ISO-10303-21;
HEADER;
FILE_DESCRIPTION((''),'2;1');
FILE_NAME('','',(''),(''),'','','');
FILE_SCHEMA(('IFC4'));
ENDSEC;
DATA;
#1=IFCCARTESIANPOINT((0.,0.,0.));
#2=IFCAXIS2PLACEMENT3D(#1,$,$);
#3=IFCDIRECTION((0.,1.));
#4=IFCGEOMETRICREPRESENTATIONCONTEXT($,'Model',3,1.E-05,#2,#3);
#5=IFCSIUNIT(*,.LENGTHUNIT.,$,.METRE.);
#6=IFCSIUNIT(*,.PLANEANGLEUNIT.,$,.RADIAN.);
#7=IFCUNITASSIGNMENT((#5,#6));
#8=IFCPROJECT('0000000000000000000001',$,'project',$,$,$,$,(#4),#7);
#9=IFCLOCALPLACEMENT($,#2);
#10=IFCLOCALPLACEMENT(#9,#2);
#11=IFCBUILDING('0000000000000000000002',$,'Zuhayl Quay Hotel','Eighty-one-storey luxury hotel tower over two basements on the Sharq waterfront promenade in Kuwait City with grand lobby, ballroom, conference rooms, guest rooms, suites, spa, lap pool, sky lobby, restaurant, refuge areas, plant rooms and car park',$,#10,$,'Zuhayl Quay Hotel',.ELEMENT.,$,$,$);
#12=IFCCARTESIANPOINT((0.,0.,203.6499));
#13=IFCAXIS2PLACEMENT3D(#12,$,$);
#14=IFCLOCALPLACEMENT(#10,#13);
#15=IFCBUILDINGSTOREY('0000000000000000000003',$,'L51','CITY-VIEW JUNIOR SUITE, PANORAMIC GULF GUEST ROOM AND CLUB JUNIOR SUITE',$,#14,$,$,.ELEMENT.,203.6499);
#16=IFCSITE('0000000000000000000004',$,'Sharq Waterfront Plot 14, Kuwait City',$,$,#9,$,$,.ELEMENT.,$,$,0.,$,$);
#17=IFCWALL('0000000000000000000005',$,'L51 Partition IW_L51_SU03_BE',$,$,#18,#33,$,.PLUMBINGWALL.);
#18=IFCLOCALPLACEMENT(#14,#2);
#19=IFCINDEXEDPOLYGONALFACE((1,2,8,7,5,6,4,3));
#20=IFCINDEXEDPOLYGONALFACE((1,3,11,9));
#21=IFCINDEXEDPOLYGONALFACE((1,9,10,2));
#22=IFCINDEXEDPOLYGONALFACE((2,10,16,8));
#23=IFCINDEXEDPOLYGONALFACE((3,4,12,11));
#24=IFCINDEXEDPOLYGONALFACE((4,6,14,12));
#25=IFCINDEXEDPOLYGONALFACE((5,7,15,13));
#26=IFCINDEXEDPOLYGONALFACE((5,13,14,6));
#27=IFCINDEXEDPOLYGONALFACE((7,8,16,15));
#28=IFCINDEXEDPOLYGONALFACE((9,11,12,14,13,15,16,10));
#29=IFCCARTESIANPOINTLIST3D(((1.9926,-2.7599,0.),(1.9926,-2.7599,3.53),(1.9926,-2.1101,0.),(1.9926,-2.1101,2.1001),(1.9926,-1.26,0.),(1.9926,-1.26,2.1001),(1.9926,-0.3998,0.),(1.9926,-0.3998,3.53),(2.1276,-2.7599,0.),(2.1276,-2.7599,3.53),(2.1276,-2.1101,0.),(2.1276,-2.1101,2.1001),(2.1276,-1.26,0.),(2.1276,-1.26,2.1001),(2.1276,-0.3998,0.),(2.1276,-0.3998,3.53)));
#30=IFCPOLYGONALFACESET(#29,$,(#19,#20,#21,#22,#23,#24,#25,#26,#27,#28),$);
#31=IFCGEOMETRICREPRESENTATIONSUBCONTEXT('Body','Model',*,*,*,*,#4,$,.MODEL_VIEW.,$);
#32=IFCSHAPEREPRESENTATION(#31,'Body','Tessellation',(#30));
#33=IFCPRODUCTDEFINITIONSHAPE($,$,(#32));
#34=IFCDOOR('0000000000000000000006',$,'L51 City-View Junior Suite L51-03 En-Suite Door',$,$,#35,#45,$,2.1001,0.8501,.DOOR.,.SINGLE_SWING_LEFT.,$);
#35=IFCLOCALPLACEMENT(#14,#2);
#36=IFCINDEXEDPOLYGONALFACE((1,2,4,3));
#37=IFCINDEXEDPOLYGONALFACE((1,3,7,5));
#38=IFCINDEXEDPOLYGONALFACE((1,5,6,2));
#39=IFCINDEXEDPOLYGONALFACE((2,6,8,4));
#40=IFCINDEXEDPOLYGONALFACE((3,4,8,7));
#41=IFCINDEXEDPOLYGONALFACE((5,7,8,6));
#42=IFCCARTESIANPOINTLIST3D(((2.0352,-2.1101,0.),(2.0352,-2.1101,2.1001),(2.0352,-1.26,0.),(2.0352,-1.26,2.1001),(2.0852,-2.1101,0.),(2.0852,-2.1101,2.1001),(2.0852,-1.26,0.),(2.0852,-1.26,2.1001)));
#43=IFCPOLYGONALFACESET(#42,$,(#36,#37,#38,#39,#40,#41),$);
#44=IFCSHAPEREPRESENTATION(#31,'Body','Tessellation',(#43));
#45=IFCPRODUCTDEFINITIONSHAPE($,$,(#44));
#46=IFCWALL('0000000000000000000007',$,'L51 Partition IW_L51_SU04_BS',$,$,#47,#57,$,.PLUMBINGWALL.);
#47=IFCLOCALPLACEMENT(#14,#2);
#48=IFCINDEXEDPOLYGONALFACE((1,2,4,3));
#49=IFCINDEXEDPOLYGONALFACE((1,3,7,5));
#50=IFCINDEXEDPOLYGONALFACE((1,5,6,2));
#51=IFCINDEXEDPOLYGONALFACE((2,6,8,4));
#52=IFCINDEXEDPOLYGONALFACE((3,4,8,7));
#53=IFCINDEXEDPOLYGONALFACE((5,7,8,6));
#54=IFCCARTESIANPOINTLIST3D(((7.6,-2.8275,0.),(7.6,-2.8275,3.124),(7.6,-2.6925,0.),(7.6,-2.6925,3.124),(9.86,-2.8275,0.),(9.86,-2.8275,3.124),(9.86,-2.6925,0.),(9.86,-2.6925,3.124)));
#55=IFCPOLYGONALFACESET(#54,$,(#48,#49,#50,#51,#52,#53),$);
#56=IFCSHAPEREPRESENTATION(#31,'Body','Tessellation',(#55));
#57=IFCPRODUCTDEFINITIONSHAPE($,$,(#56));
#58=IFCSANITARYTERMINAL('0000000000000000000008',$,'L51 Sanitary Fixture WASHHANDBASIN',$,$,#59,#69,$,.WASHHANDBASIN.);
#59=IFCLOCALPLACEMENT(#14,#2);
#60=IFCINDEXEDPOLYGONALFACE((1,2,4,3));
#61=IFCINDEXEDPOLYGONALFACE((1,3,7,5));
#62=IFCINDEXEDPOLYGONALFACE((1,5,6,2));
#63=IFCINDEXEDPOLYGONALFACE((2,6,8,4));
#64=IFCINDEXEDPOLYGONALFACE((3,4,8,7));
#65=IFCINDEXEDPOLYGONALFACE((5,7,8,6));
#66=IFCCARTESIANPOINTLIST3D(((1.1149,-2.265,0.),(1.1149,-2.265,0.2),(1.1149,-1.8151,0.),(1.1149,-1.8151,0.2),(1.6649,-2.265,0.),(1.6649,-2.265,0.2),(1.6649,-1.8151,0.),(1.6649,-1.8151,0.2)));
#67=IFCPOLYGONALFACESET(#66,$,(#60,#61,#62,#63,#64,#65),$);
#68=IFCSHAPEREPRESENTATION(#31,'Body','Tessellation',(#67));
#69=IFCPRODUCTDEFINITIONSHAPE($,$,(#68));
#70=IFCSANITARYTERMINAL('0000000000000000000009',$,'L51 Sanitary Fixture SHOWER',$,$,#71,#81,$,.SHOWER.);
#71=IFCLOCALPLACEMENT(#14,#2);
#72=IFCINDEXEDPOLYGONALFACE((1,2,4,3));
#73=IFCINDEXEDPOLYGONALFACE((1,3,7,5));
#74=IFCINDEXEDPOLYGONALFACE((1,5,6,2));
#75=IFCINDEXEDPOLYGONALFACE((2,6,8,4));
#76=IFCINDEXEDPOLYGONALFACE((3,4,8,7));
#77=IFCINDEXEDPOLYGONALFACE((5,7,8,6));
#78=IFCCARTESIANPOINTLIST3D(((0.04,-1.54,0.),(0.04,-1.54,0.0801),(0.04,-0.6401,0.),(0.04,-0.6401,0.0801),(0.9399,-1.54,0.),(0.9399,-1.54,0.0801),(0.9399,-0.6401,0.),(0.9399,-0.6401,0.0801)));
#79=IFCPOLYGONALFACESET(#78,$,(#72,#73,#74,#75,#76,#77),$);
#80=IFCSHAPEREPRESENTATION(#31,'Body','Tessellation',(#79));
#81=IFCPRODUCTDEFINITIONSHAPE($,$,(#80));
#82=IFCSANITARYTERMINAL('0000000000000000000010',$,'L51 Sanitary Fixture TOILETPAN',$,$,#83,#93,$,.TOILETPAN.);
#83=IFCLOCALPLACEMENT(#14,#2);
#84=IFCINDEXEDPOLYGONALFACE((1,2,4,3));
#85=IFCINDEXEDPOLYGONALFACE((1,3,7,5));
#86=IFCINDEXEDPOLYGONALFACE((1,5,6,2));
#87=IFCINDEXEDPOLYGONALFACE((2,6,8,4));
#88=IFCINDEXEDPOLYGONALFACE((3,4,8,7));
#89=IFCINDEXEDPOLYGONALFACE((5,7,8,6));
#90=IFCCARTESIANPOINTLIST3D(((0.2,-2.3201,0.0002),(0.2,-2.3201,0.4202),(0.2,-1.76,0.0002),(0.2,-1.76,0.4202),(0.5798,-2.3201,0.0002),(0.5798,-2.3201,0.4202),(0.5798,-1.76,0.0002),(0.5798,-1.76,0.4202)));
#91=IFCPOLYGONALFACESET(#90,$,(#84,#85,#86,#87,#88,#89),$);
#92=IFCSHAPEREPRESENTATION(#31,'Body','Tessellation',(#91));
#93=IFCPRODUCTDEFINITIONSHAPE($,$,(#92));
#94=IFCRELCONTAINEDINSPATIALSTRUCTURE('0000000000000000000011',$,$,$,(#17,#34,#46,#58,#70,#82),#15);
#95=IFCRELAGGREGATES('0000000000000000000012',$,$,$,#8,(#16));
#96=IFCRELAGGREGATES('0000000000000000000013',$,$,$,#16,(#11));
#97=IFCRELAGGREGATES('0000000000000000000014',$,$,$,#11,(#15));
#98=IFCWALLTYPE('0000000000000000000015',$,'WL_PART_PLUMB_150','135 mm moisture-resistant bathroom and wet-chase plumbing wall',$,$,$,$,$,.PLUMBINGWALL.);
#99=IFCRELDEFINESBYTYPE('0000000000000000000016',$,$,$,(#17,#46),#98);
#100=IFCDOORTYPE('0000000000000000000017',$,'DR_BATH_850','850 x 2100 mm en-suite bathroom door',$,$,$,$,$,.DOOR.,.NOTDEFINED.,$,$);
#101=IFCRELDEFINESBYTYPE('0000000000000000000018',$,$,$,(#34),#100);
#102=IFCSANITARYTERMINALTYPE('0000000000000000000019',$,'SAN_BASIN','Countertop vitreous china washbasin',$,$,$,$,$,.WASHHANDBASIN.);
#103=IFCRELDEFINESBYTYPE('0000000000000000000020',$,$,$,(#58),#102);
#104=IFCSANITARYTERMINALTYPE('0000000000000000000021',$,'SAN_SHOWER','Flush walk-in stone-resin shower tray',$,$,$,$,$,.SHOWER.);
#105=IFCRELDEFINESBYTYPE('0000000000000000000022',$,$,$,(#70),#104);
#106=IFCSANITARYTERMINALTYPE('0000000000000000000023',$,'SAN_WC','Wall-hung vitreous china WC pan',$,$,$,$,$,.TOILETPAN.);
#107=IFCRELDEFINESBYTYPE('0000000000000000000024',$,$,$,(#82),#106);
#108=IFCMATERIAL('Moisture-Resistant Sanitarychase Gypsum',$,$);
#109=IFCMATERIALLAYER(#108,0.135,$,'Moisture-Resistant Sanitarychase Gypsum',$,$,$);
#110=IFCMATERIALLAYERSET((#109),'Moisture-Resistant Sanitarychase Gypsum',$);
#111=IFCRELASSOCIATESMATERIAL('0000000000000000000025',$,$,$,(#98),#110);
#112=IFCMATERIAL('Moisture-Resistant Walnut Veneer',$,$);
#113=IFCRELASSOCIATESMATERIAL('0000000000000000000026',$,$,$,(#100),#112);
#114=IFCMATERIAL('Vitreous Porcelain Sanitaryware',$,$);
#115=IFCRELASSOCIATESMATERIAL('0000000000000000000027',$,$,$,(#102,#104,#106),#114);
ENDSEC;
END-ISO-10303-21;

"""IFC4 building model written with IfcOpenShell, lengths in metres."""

from ifc_helpers import new_model, si_unit, direction, frame, frame_2d, origin, origin_2d, place, context, subcontext, project, spatial, rectangle, extrude, material, layer, layer_set, type_object, element, fill, save


model = new_model("IFC4")

# Units and contexts
model_context = context("Model", 3, precision=1e-05, world=origin(), true_north=direction((0.0, 1.0)))
body_context = subcontext(model_context, "Body", "Model", "MODEL_VIEW")
ifc_project = project(units=[si_unit("LENGTHUNIT", "METRE"), si_unit("PLANEANGLEUNIT", "RADIAN")], contexts=[model_context])

# Site, building, storey
site_placement = place(None, origin())
site = spatial("IfcSite", under=ifc_project, at=site_placement, Name="Sharq Waterfront Plot 14, Kuwait City", CompositionType="ELEMENT", RefElevation=0.0)
building_placement = place(site_placement, origin())
building = spatial("IfcBuilding", under=site, at=building_placement, Name="Zuhayl Quay Hotel", Description="Eighty-one-storey luxury hotel tower over two basements on the Sharq waterfront promenade in Kuwait City with grand lobby, ballroom, conference rooms, guest rooms, suites, spa, lap pool, sky lobby, restaurant, refuge areas, plant rooms and car park", LongName="Zuhayl Quay Hotel", CompositionType="ELEMENT")
storey_placement = place(building_placement, frame((0.0, 0.0, 203.6499)))
storey = spatial("IfcBuildingStorey", under=building, at=storey_placement, Name="L51", Description="CITY-VIEW JUNIOR SUITE, PANORAMIC GULF GUEST ROOM AND CLUB JUNIOR SUITE", CompositionType="ELEMENT", Elevation=203.6499)

# Wall, opening, door
ifc_material_1 = material(Name="Moisture-Resistant Sanitarychase Gypsum")
ifc_layer_1 = layer(ifc_material_1, 0.135, Name="Moisture-Resistant Sanitarychase Gypsum")
ifc_layer_set_1 = layer_set([ifc_layer_1], Name="Moisture-Resistant Sanitarychase Gypsum")
wall_type_1 = type_object("IfcWallType", Name="WL_PART_PLUMB_150", Description="135 mm moisture-resistant bathroom and wet-chase plumbing wall", PredefinedType="PLUMBINGWALL", material=ifc_layer_set_1)
wall_1_placement = place(storey_placement, frame((2.0601, -2.76, 0.0), z_axis=(0.0, 0.0, 1.0), x_axis=(0.0, 1.0, 0.0)))
wall_1 = element("IfcWall", 1, at=wall_1_placement, inside=storey, type_object=wall_type_1, Name="L51 Partition IW_L51_SU03_BE", PredefinedType="PLUMBINGWALL", context=body_context, shape_type="SweptSolid", body=[
    extrude(rectangle(XDim=2.3601, YDim=0.135, at=frame_2d((1.1802, 0.0))), origin(), (0.0, 0.0, 1.0), 3.53),
])
opening_1_placement = place(wall_1_placement, frame((0.6499, 0.0, 0.0)))
opening_1 = element("IfcOpeningElement", 2, at=opening_1_placement, cuts=wall_1, PredefinedType="OPENING", context=body_context, shape_type="SweptSolid", body=[
    extrude(rectangle(XDim=0.8501, YDim=2.1001, at=frame_2d((0.425, 1.05))), frame((0.0, 0.0774, 0.0), z_axis=(0.0, -1.0, 0.0), x_axis=(1.0, 0.0, 0.0)), (0.0, 0.0, 1.0), 0.155),
])
ifc_material_2 = material(Name="Moisture-Resistant Walnut Veneer")
door_type_1 = type_object("IfcDoorType", Name="DR_BATH_850", Description="850 x 2100 mm en-suite bathroom door", OperationType="NOTDEFINED", PredefinedType="DOOR", material=ifc_material_2)
door_1_placement = place(opening_1_placement, origin())
door_1 = element("IfcDoor", 3, at=door_1_placement, inside=storey, type_object=door_type_1, Name="L51 City-View Junior Suite L51-03 En-Suite Door", OperationType="SINGLE_SWING_LEFT", OverallHeight=2.1001, OverallWidth=0.8501, PredefinedType="DOOR", context=body_context, shape_type="SweptSolid", body=[
    extrude(rectangle(XDim=0.8501, YDim=2.1001, at=frame_2d((0.425, 1.05))), frame((0.0, 0.0249, 0.0), z_axis=(0.0, -1.0, 0.0), x_axis=(1.0, 0.0, 0.0)), (0.0, 0.0, 1.0), 0.05),
])
fill(opening_1, door_1)

# Wall
wall_2_placement = place(storey_placement, frame((7.6001, -2.76, 0.0), z_axis=(0.0, 0.0, 1.0), x_axis=(1.0, 0.0, 0.0)))
element("IfcWall", 4, at=wall_2_placement, inside=storey, type_object=wall_type_1, Name="L51 Partition IW_L51_SU04_BS", PredefinedType="PLUMBINGWALL", context=body_context, shape_type="SweptSolid", body=[
    extrude(rectangle(XDim=2.26, YDim=0.135, at=frame_2d((1.1299, 0.0))), origin(), (0.0, 0.0, 1.0), 3.124),
])

# Sanitary terminals
ifc_material_3 = material(Name="Vitreous Porcelain Sanitaryware")
sanitary_terminal_type_1 = type_object("IfcSanitaryTerminalType", Name="SAN_BASIN", Description="Countertop vitreous china washbasin", PredefinedType="WASHHANDBASIN", material=ifc_material_3)
sanitary_terminal_1_placement = place(storey_placement, frame((1.3899, -2.04, 0.0), z_axis=(0.0, 0.0, 1.0), x_axis=(1.0, 0.0, 0.0)))
element("IfcSanitaryTerminal", 5, at=sanitary_terminal_1_placement, inside=storey, type_object=sanitary_terminal_type_1, Name="L51 Sanitary Fixture WASHHANDBASIN", PredefinedType="WASHHANDBASIN", context=body_context, shape_type="SweptSolid", body=[
    extrude(rectangle(XDim=0.55, YDim=0.45, at=origin_2d()), origin(), (0.0, 0.0, 1.0), 0.2),
])
sanitary_terminal_type_2 = type_object("IfcSanitaryTerminalType", Name="SAN_SHOWER", Description="Flush walk-in stone-resin shower tray", PredefinedType="SHOWER", material=ifc_material_3)
sanitary_terminal_2_placement = place(storey_placement, frame((0.49, -1.0901, 0.0), z_axis=(0.0, 0.0, 1.0), x_axis=(1.0, 0.0, 0.0)))
element("IfcSanitaryTerminal", 6, at=sanitary_terminal_2_placement, inside=storey, type_object=sanitary_terminal_type_2, Name="L51 Sanitary Fixture SHOWER", PredefinedType="SHOWER", context=body_context, shape_type="SweptSolid", body=[
    extrude(rectangle(XDim=0.8999, YDim=0.8999, at=origin_2d()), origin(), (0.0, 0.0, 1.0), 0.0801),
])
sanitary_terminal_type_3 = type_object("IfcSanitaryTerminalType", Name="SAN_WC", Description="Wall-hung vitreous china WC pan", PredefinedType="TOILETPAN", material=ifc_material_3)
sanitary_terminal_3_placement = place(storey_placement, frame((0.3899, -2.04, 0.0002), z_axis=(0.0, 0.0, 1.0), x_axis=(1.0, 0.0, 0.0)))
element("IfcSanitaryTerminal", 7, at=sanitary_terminal_3_placement, inside=storey, type_object=sanitary_terminal_type_3, Name="L51 Sanitary Fixture TOILETPAN", PredefinedType="TOILETPAN", context=body_context, shape_type="SweptSolid", body=[
    extrude(rectangle(XDim=0.3799, YDim=0.5601, at=origin_2d()), origin(), (0.0, 0.0, 1.0), 0.4199),
])

save(model, "model.ifc")
